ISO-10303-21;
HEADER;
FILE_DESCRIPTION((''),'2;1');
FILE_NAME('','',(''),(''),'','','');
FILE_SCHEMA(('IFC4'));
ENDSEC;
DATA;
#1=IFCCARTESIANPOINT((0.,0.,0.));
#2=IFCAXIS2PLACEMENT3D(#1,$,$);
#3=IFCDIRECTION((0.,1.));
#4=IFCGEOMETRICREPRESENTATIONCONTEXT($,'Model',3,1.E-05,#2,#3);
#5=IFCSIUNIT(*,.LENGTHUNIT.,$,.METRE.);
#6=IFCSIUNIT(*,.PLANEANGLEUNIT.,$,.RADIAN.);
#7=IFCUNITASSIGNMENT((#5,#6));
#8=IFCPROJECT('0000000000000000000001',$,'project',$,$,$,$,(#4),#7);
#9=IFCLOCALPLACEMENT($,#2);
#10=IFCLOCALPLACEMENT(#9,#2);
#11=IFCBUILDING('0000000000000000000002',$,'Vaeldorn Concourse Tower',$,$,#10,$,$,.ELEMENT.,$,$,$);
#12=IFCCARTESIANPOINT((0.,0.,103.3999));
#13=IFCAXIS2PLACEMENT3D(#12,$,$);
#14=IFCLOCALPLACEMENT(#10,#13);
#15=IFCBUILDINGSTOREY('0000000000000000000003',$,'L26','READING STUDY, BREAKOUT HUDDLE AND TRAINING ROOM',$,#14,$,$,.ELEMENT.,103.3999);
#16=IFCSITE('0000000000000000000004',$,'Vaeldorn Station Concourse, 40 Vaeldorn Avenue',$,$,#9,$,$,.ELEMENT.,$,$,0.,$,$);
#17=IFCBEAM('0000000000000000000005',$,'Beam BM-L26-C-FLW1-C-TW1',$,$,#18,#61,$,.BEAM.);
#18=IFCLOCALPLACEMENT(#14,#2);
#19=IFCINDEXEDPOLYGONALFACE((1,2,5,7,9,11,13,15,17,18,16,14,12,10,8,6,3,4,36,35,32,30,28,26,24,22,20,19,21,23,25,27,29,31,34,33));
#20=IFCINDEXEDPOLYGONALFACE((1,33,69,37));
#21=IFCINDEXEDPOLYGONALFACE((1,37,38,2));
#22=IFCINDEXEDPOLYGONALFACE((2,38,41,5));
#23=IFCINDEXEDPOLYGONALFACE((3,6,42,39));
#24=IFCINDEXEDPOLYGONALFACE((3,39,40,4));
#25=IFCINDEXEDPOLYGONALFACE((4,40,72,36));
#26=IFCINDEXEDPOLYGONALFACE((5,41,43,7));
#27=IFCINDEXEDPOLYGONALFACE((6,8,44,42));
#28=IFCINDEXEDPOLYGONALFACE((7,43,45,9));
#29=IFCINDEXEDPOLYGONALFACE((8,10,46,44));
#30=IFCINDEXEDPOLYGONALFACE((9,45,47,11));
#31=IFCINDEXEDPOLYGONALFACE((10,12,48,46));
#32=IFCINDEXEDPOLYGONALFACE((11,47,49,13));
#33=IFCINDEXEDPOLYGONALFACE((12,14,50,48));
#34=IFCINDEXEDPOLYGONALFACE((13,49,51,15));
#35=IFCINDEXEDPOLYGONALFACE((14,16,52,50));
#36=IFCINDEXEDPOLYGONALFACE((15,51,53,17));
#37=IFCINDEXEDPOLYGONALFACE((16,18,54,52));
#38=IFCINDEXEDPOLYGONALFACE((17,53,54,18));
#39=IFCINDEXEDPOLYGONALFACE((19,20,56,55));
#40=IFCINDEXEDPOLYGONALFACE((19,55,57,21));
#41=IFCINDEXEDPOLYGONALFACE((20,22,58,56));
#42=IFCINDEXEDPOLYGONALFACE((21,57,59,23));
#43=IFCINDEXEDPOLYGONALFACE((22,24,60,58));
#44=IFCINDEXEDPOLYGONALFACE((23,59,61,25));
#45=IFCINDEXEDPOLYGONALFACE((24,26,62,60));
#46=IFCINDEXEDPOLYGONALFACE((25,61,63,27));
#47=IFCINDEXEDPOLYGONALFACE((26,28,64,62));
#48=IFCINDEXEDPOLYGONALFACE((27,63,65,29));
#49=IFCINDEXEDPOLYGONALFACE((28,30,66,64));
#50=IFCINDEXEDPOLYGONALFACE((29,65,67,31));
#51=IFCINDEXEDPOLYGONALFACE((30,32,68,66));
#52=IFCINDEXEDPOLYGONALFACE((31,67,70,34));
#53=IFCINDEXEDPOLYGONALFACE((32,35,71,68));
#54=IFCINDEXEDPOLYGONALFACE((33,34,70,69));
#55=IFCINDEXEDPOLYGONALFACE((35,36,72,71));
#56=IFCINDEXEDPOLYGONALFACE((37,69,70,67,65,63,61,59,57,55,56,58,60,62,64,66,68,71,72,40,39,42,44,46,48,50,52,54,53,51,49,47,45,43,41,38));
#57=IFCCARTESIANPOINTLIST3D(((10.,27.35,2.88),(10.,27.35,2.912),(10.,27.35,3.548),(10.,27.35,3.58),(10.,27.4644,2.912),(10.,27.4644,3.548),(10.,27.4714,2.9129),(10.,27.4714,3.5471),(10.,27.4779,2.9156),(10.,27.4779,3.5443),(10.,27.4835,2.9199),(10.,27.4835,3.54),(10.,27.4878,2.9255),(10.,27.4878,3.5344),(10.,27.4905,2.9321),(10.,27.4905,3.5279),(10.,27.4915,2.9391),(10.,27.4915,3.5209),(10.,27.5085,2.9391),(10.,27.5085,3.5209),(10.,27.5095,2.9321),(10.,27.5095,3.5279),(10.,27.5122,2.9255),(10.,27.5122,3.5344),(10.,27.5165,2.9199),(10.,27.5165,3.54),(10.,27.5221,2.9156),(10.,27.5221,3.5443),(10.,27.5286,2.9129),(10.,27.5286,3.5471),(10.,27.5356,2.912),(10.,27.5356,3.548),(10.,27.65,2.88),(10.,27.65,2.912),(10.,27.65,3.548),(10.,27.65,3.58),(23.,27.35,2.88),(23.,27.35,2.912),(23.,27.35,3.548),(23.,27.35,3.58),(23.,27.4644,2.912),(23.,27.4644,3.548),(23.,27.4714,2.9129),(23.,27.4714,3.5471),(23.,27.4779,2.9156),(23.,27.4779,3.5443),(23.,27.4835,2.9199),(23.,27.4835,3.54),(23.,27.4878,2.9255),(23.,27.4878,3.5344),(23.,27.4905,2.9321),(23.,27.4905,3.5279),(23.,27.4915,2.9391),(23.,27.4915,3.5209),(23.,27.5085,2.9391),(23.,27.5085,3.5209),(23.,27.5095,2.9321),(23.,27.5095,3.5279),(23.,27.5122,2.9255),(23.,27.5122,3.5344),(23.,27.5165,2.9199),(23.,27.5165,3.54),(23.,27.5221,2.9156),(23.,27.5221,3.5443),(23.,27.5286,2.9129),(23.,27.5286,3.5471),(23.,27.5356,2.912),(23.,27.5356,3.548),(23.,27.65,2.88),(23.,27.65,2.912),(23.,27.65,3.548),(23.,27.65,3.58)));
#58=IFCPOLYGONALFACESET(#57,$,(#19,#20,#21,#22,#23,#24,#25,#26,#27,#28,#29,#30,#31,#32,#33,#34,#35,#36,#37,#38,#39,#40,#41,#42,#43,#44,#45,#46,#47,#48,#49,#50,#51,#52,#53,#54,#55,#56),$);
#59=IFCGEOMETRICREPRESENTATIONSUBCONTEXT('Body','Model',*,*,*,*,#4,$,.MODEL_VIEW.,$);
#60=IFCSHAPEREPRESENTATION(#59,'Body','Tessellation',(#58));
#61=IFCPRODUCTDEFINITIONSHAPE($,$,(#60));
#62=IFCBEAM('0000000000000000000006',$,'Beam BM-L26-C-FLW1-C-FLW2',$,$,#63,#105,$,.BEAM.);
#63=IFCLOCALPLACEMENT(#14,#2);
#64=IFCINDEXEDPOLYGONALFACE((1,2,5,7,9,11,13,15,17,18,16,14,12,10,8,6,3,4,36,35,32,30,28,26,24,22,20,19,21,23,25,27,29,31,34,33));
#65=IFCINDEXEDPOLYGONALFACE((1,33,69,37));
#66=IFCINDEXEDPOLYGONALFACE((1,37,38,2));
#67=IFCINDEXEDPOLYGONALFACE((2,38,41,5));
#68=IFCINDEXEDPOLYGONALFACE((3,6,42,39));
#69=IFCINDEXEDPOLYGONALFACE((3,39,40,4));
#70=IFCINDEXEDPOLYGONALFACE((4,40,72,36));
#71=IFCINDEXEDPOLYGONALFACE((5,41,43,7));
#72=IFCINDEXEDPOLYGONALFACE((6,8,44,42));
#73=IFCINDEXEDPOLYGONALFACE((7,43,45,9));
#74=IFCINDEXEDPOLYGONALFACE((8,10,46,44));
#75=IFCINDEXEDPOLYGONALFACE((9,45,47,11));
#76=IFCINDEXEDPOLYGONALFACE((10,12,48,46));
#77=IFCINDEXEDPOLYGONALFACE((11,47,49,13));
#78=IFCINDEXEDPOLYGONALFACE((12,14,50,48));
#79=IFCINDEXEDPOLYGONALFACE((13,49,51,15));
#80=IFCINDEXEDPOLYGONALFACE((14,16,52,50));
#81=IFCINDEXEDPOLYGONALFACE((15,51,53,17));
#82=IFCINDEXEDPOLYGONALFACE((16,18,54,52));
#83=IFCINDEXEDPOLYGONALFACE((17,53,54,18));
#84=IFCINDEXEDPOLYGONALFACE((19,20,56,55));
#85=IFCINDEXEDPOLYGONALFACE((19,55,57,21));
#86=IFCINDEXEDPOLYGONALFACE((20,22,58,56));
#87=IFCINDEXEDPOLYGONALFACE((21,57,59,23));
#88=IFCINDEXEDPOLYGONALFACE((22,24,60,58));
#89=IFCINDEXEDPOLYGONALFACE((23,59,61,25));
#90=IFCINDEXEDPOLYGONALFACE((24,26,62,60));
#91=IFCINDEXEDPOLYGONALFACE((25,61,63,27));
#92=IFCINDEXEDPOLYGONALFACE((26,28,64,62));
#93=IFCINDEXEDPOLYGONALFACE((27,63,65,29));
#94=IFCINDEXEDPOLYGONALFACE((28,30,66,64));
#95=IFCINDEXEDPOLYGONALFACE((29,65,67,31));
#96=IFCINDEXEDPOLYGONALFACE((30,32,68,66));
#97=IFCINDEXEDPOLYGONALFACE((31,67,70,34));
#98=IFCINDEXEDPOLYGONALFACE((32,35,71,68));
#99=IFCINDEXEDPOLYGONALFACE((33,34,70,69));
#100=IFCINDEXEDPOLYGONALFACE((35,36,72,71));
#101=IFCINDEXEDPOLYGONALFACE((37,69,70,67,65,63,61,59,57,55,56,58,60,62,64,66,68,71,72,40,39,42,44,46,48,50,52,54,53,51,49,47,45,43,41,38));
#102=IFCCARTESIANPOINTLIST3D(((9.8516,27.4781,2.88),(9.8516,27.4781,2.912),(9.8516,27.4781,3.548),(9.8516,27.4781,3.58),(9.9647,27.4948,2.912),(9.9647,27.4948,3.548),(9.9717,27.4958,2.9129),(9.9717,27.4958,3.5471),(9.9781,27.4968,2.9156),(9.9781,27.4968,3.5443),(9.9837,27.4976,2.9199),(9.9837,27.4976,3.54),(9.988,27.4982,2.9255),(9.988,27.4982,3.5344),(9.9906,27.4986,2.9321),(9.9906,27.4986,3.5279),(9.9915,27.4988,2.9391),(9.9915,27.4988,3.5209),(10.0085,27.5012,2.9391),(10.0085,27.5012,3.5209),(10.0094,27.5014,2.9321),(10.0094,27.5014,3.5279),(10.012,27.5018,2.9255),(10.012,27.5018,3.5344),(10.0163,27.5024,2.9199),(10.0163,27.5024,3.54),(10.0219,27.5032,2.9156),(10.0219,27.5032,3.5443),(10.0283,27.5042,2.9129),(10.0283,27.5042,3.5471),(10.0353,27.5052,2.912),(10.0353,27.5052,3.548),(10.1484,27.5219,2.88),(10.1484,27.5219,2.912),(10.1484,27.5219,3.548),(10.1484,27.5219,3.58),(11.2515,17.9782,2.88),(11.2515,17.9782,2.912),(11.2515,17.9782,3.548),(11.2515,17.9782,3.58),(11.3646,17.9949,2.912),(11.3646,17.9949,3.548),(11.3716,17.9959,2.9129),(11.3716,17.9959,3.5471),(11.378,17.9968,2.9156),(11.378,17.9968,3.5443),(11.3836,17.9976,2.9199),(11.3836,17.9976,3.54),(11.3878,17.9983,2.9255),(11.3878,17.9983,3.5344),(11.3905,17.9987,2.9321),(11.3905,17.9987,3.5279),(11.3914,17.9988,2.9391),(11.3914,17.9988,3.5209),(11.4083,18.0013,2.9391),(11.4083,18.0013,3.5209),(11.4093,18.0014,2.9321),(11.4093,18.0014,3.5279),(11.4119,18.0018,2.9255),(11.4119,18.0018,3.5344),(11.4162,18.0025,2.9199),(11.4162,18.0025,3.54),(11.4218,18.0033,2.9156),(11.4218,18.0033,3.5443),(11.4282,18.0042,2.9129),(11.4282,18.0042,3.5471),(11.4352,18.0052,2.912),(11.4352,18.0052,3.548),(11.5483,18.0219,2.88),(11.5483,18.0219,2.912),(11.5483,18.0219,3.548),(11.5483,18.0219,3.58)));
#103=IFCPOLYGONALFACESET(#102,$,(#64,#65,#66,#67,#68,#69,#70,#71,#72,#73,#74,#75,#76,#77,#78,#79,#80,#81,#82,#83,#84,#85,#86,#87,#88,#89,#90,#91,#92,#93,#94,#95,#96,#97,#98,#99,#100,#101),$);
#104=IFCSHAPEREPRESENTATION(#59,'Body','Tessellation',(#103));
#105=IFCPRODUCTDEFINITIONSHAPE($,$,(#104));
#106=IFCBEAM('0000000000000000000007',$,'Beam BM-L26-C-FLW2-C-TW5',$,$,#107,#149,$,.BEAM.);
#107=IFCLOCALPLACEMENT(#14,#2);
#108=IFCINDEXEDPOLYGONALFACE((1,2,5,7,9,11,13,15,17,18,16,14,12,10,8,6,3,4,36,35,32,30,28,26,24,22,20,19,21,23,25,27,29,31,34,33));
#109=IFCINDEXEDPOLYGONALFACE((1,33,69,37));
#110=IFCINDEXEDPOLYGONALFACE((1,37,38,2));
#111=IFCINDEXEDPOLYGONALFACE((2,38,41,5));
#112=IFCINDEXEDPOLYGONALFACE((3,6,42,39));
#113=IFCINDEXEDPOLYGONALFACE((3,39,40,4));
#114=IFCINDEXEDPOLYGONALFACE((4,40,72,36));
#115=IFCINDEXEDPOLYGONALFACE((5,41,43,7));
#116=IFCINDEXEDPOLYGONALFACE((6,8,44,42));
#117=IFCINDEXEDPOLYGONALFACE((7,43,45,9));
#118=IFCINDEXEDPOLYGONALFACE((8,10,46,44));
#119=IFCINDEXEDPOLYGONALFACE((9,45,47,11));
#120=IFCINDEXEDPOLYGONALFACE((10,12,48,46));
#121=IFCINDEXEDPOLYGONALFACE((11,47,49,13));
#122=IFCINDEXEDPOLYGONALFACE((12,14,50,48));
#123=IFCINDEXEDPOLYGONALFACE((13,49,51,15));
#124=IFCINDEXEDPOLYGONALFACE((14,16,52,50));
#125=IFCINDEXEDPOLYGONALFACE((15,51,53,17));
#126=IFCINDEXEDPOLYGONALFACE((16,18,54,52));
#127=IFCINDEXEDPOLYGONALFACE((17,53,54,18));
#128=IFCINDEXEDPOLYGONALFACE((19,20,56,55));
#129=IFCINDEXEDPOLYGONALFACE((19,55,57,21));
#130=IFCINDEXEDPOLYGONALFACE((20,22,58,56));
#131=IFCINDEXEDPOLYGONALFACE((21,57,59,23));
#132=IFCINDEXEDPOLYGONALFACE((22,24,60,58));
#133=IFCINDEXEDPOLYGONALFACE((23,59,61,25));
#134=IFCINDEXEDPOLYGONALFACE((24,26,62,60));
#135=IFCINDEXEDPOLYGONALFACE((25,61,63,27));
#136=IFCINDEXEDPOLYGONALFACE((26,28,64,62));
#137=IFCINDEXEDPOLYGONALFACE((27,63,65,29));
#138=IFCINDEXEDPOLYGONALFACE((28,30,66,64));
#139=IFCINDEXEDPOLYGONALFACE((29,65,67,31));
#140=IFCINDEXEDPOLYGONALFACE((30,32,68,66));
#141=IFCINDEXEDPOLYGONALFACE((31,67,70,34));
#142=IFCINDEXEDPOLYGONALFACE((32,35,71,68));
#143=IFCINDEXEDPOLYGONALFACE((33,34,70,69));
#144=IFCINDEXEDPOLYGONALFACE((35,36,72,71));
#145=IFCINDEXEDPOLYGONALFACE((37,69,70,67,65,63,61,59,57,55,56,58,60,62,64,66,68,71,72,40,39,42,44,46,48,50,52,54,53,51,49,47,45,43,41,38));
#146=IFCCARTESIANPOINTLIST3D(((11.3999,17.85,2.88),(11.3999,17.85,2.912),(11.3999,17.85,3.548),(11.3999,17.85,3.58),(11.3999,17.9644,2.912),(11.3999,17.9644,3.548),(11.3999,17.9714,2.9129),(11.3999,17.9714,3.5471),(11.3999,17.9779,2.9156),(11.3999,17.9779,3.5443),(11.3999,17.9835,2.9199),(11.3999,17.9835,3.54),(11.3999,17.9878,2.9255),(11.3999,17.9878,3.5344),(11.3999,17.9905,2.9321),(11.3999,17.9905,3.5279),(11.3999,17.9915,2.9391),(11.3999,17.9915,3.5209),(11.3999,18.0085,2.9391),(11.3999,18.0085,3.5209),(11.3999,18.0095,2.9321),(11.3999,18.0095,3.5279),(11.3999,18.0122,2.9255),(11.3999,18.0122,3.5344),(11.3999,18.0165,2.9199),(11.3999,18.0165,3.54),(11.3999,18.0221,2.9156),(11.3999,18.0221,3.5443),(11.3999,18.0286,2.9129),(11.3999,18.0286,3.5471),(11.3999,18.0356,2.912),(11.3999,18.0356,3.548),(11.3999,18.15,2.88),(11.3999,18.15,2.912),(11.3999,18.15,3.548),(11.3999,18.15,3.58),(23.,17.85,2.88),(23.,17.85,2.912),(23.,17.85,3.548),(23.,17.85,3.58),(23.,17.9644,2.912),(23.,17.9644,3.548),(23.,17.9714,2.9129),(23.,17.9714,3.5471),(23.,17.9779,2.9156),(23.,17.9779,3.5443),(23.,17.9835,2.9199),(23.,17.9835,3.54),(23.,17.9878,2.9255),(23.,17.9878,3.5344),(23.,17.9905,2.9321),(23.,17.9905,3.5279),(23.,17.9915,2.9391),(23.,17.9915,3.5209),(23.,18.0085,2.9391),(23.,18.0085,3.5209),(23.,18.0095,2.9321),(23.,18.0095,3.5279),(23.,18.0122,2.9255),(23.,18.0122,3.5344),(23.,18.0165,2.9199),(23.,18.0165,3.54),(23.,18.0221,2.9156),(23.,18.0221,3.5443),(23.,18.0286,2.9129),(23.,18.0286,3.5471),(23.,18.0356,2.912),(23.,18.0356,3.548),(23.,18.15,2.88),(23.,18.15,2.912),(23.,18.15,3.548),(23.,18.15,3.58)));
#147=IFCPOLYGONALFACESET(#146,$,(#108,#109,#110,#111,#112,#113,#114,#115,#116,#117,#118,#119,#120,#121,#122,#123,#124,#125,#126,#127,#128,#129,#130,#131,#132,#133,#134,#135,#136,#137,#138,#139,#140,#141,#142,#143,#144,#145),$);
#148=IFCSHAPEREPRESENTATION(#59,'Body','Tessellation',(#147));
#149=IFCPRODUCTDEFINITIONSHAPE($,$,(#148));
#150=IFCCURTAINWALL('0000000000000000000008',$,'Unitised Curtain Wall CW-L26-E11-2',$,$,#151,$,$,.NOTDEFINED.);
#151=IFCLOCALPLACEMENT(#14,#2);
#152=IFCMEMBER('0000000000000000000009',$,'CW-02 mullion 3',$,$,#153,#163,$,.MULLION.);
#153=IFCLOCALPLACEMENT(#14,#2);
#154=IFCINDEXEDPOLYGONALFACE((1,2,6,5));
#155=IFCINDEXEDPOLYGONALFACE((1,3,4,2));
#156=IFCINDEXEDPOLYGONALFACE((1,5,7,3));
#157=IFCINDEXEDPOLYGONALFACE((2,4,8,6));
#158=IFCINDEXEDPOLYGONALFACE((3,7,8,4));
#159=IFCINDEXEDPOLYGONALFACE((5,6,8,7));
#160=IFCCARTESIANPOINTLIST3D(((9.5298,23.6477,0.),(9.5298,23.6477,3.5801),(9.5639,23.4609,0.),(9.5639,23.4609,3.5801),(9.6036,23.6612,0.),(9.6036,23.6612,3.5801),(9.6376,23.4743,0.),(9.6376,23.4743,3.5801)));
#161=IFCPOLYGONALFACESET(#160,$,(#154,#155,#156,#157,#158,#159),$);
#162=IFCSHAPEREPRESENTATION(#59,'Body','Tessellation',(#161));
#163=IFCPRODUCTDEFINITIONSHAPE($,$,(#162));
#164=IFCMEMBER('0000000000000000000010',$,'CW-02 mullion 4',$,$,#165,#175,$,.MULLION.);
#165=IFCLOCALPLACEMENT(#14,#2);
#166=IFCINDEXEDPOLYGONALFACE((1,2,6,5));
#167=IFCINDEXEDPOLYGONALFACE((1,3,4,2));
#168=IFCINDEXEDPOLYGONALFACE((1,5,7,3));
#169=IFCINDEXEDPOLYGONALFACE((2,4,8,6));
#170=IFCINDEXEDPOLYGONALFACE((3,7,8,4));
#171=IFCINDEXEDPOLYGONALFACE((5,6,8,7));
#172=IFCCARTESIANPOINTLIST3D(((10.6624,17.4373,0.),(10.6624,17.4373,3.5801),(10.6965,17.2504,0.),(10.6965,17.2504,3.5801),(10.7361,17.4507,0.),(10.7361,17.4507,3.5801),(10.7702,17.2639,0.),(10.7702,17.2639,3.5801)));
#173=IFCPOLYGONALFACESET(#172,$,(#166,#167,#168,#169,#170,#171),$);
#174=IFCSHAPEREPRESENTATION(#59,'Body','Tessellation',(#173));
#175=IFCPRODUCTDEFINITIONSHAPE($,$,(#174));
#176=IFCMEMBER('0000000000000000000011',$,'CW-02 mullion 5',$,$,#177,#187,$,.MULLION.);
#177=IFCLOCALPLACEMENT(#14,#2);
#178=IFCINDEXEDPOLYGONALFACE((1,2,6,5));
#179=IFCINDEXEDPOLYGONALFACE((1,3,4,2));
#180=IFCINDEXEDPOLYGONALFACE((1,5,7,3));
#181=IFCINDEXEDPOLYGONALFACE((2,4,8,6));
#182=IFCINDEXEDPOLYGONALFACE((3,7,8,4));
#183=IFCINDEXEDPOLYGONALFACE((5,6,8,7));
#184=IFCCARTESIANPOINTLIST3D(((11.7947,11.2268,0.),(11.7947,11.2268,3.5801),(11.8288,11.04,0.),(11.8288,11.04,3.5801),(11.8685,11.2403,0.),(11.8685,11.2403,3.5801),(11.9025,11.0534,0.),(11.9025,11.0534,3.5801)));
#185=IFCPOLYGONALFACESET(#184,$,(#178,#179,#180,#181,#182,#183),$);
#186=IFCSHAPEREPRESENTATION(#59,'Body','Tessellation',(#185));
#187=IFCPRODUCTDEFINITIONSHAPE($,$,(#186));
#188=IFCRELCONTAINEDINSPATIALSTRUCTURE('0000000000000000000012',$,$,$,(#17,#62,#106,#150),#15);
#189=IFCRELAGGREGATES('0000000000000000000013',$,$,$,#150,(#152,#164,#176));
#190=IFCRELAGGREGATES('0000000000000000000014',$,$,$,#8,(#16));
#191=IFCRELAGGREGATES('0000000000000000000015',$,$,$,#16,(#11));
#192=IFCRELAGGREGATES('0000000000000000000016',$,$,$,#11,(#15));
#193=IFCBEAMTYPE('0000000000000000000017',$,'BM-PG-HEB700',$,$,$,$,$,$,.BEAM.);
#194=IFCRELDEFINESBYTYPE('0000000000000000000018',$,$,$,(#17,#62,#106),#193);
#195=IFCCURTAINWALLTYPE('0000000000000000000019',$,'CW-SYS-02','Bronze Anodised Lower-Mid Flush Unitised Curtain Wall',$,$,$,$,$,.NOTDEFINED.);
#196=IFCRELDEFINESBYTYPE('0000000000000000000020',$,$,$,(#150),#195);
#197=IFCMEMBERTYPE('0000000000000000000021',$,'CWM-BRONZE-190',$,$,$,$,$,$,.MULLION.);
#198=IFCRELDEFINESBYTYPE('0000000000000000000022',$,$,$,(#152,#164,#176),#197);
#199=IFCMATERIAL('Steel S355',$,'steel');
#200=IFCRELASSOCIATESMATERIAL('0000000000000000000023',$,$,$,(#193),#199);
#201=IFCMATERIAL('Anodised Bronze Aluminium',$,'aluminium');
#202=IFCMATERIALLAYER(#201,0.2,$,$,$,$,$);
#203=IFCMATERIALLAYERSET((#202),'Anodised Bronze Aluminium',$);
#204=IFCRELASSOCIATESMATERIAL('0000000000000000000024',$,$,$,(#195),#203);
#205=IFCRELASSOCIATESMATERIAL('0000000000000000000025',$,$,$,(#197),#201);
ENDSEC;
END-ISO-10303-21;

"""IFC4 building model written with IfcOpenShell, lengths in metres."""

from ifc_helpers import new_model, si_unit, direction, frame, origin, origin_2d, place, context, subcontext, project, spatial, rectangle, i_section, extrude, source, transform, mapped, material, layer, layer_set, material_profile, profile_set, type_object, element, aggregate, save


model = new_model("IFC4")

# Units and contexts
model_context = context("Model", 3, precision=1e-05, world=origin(), true_north=direction((0.0, 1.0)))
body_context = subcontext(model_context, "Body", "Model", "MODEL_VIEW")
ifc_project = project(units=[si_unit("LENGTHUNIT", "METRE"), si_unit("PLANEANGLEUNIT", "RADIAN")], contexts=[model_context])

# Site, building, storey
site_placement = place(None, origin())
site = spatial("IfcSite", under=ifc_project, at=site_placement, Name="Vaeldorn Station Concourse, 40 Vaeldorn Avenue", CompositionType="ELEMENT", RefElevation=0.0)
building_placement = place(site_placement, origin())
building = spatial("IfcBuilding", under=site, at=building_placement, Name="Vaeldorn Concourse Tower", CompositionType="ELEMENT")
storey_placement = place(building_placement, frame((0.0, 0.0, 103.3999)))
storey = spatial("IfcBuildingStorey", under=building, at=storey_placement, Name="L26", Description="READING STUDY, BREAKOUT HUDDLE AND TRAINING ROOM", CompositionType="ELEMENT", Elevation=103.3999)

# Beams
ifc_material_1 = material(Name="Steel S355", Category="steel")
ifc_material_profile_1 = material_profile(ifc_material_1, i_section(OverallWidth=0.3, OverallDepth=0.7, WebThickness=0.0171, FlangeThickness=0.032, FilletRadius=0.0271, at=origin_2d()), Name="HEB 700")
ifc_profile_set_1 = profile_set([ifc_material_profile_1], Name="Steel S355")
beam_type_1 = type_object("IfcBeamType", Name="BM-PG-HEB700", PredefinedType="BEAM", material=ifc_profile_set_1)
shared_shape_1 = source(origin(), body_context, "Body", "SweptSolid", [
    extrude(i_section(OverallWidth=0.3, OverallDepth=0.7, WebThickness=0.0171, FlangeThickness=0.032, FilletRadius=0.0271, at=origin_2d()), origin(), (0.0, 0.0, 1.0), 13.0),
])
beam_1_placement = place(storey_placement, frame((10.0, 27.5, 3.23), z_axis=(1.0, 0.0, 0.0), x_axis=(0.0, 1.0, 0.0)))
element("IfcBeam", 1, at=beam_1_placement, inside=storey, type_object=beam_type_1, Name="Beam BM-L26-C-FLW1-C-TW1", PredefinedType="BEAM", context=body_context, shape_type="MappedRepresentation", body=[
    mapped(shared_shape_1, transform((0.0, 0.0, 0.0), scale=1.0)),
])
shared_shape_2 = source(origin(), body_context, "Body", "SweptSolid", [
    extrude(i_section(OverallWidth=0.3, OverallDepth=0.7, WebThickness=0.0171, FlangeThickness=0.032, FilletRadius=0.0271, at=origin_2d()), origin(), (0.0, 0.0, 1.0), 9.6025),
])
beam_2_placement = place(storey_placement, frame((10.0, 27.5, 3.23), z_axis=(0.145784, -0.989316, 0.0), x_axis=(0.989316, 0.145784, 0.0)))
element("IfcBeam", 2, at=beam_2_placement, inside=storey, type_object=beam_type_1, Name="Beam BM-L26-C-FLW1-C-FLW2", PredefinedType="BEAM", context=body_context, shape_type="MappedRepresentation", body=[
    mapped(shared_shape_2, transform((0.0, 0.0, 0.0), scale=1.0)),
])
shared_shape_3 = source(origin(), body_context, "Body", "SweptSolid", [
    extrude(i_section(OverallWidth=0.3, OverallDepth=0.7, WebThickness=0.0171, FlangeThickness=0.032, FilletRadius=0.0271, at=origin_2d()), origin(), (0.0, 0.0, 1.0), 11.6001),
])
beam_3_placement = place(storey_placement, frame((11.3999, 18.0, 3.23), z_axis=(1.0, 0.0, 0.0), x_axis=(0.0, 1.0, 0.0)))
element("IfcBeam", 3, at=beam_3_placement, inside=storey, type_object=beam_type_1, Name="Beam BM-L26-C-FLW2-C-TW5", PredefinedType="BEAM", context=body_context, shape_type="MappedRepresentation", body=[
    mapped(shared_shape_3, transform((0.0, 0.0, 0.0), scale=1.0)),
])

# Curtain wall, members
ifc_material_2 = material(Name="Anodised Bronze Aluminium", Category="aluminium")
ifc_layer_1 = layer(ifc_material_2, 0.2)
ifc_layer_set_1 = layer_set([ifc_layer_1], Name="Anodised Bronze Aluminium")
curtain_wall_type = type_object("IfcCurtainWallType", Name="CW-SYS-02", Description="Bronze Anodised Lower-Mid Flush Unitised Curtain Wall", PredefinedType="NOTDEFINED", material=ifc_layer_set_1)
curtain_wall_placement = place(storey_placement, origin())
curtain_wall = element("IfcCurtainWall", 4, at=curtain_wall_placement, inside=storey, type_object=curtain_wall_type, Name="Unitised Curtain Wall CW-L26-E11-2", PredefinedType="NOTDEFINED")
ifc_material_profile_2 = material_profile(ifc_material_2, rectangle(XDim=0.075, YDim=0.1899, at=origin_2d()), Name="CWM 75x190")
ifc_profile_set_2 = profile_set([ifc_material_profile_2], Name="Anodised Bronze Aluminium")
member_type_1 = type_object("IfcMemberType", Name="CWM-BRONZE-190", PredefinedType="MULLION", material=ifc_profile_set_2)
shared_shape_4 = source(origin(), body_context, "Body", "SweptSolid", [
    extrude(rectangle(XDim=0.075, YDim=0.1899, at=origin_2d()), origin(), (0.0, 0.0, 1.0), 3.5801),
])
member_1_placement = place(storey_placement, frame((9.5837, 23.561, 0.0), z_axis=(0.0, 0.0, 1.0), x_axis=(0.983779, 0.179384, 0.0)))
member_1 = element("IfcMember", 5, at=member_1_placement, type_object=member_type_1, Name="CW-02 mullion 3", PredefinedType="MULLION", context=body_context, shape_type="MappedRepresentation", body=[
    mapped(shared_shape_4, transform((0.0, 0.0, 0.0), scale=1.0)),
])
member_2_placement = place(storey_placement, frame((10.7163, 17.3506, 0.0), z_axis=(0.0, 0.0, 1.0), x_axis=(0.983779, 0.179384, 0.0)))
member_2 = element("IfcMember", 6, at=member_2_placement, type_object=member_type_1, Name="CW-02 mullion 4", PredefinedType="MULLION", context=body_context, shape_type="MappedRepresentation", body=[
    mapped(shared_shape_4, transform((0.0, 0.0, 0.0), scale=1.0)),
])
member_3_placement = place(storey_placement, frame((11.8486, 11.1401, 0.0), z_axis=(0.0, 0.0, 1.0), x_axis=(0.983779, 0.179384, 0.0)))
member_3 = element("IfcMember", 7, at=member_3_placement, type_object=member_type_1, Name="CW-02 mullion 5", PredefinedType="MULLION", context=body_context, shape_type="MappedRepresentation", body=[
    mapped(shared_shape_4, transform((0.0, 0.0, 0.0), scale=1.0)),
])
aggregate(curtain_wall, [member_1, member_2, member_3])

save(model, "model.ifc")
